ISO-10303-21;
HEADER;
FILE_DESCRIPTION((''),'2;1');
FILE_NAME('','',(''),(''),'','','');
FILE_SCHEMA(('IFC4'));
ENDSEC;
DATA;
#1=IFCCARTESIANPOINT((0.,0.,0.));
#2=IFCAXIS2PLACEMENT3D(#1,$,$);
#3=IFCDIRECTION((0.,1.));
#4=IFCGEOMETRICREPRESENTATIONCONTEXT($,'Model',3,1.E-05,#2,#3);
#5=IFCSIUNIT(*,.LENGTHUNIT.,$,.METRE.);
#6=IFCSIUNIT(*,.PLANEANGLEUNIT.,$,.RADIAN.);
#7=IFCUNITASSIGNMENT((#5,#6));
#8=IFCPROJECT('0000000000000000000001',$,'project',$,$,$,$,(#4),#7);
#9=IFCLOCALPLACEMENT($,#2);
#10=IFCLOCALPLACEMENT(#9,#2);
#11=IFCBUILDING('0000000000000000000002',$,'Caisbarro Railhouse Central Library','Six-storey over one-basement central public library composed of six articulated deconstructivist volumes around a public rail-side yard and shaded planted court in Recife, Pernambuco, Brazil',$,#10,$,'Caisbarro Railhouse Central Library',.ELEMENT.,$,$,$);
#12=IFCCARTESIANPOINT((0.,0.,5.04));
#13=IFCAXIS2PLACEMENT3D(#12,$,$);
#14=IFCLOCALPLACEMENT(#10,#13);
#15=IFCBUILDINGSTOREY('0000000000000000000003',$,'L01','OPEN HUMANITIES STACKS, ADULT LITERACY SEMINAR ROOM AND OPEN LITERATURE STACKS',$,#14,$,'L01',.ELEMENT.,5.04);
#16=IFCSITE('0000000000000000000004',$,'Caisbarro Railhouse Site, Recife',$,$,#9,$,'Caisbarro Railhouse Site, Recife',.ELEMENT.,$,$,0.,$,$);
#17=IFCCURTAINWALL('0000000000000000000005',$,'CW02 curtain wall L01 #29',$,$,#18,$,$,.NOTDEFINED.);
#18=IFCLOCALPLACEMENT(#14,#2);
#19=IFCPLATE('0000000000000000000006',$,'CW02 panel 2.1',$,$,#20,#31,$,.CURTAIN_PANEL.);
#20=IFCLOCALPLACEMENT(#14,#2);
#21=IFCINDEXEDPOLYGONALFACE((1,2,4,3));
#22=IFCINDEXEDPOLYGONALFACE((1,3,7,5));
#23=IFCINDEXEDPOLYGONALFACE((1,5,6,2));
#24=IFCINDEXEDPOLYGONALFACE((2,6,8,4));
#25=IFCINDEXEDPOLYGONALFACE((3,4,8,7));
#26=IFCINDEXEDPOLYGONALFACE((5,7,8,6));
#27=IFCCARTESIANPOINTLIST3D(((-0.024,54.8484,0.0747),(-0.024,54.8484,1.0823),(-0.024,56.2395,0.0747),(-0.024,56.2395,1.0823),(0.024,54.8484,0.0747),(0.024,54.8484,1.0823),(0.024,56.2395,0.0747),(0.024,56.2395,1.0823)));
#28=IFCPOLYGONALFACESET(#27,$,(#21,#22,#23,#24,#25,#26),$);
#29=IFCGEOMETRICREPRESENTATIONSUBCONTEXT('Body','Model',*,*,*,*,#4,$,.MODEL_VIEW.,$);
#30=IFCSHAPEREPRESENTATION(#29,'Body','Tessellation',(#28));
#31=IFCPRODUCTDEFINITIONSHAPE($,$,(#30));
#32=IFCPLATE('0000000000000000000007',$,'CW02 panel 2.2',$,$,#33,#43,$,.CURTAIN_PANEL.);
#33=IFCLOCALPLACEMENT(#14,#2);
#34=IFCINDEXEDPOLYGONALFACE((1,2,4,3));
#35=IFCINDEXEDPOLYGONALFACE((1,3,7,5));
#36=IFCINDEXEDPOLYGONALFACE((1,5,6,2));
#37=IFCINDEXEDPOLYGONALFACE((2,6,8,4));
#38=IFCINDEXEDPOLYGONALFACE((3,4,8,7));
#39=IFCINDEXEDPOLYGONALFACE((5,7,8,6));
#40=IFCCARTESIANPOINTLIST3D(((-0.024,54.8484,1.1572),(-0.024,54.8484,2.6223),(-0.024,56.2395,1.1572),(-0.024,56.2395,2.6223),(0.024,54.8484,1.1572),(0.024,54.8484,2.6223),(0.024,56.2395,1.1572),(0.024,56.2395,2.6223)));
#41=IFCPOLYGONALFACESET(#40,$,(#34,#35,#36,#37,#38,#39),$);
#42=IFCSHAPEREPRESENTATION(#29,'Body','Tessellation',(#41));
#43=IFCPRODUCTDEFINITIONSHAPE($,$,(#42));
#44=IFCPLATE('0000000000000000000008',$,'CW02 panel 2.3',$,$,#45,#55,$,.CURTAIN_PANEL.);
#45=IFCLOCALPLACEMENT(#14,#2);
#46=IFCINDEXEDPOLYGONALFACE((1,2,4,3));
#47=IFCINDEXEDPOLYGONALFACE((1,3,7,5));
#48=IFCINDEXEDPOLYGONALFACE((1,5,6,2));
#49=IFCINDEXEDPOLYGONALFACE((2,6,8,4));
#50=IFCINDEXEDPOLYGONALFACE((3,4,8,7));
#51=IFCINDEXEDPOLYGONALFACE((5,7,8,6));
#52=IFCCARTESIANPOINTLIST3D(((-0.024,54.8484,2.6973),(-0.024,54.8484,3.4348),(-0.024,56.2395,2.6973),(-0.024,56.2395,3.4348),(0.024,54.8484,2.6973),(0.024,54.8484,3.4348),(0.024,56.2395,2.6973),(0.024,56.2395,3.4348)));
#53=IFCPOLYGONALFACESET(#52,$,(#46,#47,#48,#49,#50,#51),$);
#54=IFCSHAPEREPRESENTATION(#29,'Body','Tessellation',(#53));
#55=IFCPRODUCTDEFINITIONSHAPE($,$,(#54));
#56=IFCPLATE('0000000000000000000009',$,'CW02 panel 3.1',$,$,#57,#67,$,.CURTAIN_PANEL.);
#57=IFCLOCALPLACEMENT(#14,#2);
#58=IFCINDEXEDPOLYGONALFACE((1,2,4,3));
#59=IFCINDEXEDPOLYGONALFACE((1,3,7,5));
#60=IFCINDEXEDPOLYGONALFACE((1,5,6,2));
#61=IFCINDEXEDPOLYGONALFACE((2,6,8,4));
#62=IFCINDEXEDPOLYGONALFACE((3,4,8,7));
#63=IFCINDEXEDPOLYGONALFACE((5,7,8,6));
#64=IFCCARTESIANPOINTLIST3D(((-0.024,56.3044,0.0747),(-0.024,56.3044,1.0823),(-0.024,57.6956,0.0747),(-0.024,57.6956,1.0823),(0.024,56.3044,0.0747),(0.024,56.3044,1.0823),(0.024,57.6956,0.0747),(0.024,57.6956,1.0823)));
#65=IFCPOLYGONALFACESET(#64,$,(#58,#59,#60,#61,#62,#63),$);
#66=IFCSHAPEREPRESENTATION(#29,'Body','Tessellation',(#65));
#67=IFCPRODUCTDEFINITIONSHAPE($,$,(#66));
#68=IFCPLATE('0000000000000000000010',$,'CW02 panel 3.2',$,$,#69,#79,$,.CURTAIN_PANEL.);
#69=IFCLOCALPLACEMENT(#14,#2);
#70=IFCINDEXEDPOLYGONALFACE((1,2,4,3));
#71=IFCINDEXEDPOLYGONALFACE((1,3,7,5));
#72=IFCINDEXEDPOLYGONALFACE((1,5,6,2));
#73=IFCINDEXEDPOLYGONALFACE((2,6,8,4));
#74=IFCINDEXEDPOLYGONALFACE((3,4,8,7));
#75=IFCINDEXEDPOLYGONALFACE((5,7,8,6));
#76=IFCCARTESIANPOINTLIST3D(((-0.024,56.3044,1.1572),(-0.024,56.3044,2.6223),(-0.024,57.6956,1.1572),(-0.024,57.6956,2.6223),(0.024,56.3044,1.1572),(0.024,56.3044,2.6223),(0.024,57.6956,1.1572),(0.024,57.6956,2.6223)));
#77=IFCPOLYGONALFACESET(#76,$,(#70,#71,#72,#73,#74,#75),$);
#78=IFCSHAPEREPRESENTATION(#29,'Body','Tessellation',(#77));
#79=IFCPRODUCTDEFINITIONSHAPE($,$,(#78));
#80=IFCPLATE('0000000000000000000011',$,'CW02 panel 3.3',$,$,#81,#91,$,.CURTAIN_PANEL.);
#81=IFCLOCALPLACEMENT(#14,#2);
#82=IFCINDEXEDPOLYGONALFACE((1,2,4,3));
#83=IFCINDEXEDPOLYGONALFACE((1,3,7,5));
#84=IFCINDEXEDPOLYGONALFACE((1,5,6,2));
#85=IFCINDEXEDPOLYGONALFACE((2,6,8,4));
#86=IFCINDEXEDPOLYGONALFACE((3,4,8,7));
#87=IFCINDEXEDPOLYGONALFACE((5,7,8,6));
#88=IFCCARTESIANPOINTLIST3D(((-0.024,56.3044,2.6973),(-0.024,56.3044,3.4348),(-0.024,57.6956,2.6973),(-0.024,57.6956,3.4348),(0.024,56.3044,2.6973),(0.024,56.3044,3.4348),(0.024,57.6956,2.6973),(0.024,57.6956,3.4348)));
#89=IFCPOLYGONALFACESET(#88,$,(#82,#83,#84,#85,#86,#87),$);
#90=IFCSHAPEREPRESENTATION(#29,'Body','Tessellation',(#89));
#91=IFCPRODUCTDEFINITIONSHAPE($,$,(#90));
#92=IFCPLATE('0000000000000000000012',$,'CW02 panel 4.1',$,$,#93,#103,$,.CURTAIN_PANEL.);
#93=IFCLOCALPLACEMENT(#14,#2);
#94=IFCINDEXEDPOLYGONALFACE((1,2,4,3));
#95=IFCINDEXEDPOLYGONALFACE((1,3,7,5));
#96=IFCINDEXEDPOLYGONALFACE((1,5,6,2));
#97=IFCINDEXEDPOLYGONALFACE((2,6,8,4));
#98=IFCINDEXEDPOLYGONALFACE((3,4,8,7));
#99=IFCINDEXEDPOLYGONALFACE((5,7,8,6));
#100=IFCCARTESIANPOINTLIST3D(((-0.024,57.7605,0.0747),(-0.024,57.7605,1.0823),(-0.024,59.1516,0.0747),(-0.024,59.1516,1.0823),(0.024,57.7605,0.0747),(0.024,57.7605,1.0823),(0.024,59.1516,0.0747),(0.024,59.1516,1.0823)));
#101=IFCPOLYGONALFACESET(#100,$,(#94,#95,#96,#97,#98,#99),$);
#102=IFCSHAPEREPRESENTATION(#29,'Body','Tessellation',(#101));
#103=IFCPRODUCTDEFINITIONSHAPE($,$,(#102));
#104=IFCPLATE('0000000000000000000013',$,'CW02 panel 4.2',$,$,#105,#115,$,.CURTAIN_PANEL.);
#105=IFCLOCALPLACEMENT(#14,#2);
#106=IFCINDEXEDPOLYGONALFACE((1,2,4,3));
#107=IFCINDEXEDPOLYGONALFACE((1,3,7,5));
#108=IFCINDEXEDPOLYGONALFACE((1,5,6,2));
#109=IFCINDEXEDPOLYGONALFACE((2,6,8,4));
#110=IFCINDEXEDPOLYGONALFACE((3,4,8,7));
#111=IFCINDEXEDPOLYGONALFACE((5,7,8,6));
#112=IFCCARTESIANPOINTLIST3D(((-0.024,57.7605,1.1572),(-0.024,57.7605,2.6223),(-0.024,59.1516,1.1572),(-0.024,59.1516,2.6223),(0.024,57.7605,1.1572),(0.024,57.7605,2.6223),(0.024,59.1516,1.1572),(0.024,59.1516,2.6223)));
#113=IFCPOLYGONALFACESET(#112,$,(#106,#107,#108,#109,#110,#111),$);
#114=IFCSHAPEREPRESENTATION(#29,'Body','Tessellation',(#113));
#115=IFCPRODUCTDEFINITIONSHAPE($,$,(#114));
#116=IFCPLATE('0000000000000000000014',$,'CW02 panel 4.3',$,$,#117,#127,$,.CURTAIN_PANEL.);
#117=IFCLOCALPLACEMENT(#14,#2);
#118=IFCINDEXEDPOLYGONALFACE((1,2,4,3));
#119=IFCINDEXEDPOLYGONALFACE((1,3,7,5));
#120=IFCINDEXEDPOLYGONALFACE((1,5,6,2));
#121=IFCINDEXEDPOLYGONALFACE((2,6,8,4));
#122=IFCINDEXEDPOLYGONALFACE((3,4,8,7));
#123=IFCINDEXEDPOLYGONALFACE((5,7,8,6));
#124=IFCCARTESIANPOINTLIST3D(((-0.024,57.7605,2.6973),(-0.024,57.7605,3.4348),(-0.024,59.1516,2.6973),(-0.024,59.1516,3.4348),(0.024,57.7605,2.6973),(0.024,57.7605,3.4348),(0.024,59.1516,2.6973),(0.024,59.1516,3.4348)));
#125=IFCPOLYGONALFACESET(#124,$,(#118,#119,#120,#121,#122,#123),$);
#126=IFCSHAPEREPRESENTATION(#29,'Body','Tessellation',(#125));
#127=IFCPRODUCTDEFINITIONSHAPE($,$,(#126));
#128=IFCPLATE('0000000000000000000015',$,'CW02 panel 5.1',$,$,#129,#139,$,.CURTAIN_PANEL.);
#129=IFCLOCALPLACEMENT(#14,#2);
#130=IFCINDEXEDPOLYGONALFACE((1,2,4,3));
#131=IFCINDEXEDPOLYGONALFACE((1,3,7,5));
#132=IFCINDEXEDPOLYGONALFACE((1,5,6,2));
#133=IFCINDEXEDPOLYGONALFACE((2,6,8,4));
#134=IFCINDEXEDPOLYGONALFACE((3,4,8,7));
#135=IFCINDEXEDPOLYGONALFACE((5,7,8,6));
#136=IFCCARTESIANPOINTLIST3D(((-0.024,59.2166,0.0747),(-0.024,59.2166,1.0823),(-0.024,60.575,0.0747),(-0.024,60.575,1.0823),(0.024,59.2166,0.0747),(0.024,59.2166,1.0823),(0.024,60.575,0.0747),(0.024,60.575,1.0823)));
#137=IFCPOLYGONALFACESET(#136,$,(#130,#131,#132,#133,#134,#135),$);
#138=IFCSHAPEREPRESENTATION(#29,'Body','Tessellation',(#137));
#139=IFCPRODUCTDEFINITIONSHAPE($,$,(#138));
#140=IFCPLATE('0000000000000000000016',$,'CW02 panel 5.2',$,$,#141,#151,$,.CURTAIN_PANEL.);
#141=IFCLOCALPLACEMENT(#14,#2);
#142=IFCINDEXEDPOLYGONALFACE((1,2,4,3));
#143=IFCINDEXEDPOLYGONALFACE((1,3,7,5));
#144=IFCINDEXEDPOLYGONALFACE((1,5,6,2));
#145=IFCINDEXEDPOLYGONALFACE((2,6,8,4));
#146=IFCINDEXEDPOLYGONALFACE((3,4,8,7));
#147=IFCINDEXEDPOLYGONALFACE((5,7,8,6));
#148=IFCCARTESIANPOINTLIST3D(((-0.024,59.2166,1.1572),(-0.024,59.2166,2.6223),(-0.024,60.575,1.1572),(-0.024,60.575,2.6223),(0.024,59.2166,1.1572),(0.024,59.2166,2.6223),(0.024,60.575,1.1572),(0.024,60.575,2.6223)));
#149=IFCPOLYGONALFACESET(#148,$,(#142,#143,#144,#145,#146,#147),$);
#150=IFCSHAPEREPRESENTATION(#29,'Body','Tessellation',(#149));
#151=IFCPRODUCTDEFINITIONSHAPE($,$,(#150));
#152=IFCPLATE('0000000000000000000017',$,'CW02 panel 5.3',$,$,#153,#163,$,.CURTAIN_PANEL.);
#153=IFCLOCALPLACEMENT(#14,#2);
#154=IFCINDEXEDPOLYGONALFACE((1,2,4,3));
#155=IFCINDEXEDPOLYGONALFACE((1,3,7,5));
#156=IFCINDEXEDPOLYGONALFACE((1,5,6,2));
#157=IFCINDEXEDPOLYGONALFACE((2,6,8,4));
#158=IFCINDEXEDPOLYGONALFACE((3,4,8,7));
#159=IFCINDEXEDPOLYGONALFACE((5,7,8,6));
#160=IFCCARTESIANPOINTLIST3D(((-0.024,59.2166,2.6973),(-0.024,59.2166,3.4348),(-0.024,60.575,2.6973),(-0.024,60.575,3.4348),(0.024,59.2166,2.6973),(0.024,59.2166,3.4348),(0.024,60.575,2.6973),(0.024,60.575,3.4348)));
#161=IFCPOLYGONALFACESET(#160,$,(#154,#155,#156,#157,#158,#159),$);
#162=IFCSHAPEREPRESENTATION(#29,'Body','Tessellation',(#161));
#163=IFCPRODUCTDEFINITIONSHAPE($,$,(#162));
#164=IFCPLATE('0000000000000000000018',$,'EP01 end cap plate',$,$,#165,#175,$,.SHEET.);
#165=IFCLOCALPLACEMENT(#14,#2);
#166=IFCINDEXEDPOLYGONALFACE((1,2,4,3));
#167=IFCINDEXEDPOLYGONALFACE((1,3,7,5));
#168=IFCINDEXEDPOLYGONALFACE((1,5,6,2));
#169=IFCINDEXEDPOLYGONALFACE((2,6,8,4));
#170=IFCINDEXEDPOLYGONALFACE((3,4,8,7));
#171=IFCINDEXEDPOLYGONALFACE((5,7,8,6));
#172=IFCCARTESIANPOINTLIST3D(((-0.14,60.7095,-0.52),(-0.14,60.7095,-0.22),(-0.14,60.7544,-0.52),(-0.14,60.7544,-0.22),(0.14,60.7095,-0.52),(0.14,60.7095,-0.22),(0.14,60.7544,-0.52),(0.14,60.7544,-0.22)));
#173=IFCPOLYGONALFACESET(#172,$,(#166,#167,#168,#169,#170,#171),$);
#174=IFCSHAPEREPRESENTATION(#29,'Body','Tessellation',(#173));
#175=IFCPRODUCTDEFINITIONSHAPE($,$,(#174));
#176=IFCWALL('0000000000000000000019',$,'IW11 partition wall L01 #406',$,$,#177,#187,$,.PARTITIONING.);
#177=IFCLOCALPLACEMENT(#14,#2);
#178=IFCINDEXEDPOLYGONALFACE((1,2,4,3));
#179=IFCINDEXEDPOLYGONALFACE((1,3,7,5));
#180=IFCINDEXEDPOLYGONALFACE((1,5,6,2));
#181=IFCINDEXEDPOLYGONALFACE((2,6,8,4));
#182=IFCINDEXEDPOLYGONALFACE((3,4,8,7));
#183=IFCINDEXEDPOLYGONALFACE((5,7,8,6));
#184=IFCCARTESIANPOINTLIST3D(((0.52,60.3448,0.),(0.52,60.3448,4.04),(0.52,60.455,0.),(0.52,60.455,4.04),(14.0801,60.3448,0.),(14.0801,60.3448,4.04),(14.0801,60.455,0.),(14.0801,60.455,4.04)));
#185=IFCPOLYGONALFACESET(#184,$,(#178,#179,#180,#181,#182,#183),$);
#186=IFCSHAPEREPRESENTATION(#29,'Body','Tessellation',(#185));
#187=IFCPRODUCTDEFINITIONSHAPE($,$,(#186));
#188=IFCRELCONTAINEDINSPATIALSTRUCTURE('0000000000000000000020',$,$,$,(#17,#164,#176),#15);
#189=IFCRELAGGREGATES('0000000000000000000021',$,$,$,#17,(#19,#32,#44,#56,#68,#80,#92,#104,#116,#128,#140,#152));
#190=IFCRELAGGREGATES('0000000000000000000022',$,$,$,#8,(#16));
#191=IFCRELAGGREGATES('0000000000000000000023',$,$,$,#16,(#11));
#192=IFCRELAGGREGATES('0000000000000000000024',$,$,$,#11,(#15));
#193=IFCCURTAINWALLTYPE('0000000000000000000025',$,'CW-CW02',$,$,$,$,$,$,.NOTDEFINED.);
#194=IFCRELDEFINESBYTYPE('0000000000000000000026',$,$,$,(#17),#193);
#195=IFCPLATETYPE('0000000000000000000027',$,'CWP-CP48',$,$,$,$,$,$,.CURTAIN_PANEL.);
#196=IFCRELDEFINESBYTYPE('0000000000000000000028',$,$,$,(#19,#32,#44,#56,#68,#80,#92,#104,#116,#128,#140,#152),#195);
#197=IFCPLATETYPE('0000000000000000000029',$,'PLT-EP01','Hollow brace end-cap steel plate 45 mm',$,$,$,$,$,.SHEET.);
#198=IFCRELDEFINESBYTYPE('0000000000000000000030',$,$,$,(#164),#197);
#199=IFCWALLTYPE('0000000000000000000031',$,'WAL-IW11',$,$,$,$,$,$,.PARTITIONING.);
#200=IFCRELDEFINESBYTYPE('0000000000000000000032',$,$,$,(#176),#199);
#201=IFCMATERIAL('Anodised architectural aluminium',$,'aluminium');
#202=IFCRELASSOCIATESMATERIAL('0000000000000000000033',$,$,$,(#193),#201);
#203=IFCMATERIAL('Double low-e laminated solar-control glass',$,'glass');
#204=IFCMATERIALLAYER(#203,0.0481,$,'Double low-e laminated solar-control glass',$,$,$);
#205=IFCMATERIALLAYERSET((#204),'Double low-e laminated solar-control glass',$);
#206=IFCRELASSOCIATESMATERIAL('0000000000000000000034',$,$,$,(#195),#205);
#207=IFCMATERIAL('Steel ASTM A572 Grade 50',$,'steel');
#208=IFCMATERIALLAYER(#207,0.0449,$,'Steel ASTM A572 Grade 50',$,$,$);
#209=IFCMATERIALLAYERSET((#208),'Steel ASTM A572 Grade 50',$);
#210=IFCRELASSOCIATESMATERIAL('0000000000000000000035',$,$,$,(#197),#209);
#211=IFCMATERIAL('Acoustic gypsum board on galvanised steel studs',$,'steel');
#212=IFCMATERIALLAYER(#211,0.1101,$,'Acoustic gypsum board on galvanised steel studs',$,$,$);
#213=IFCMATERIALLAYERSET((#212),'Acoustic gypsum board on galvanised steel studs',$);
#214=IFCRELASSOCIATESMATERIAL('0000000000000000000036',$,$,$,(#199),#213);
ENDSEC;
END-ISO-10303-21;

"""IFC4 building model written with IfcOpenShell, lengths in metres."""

from ifc_helpers import new_model, si_unit, direction, frame, frame_2d, origin, origin_2d, place, context, subcontext, project, spatial, rectangle, extrude, material, layer, layer_set, type_object, element, aggregate, save


model = new_model("IFC4")

# Units and contexts
model_context = context("Model", 3, precision=1e-05, world=origin(), true_north=direction((0.0, 1.0)))
body_context = subcontext(model_context, "Body", "Model", "MODEL_VIEW")
ifc_project = project(units=[si_unit("LENGTHUNIT", "METRE"), si_unit("PLANEANGLEUNIT", "RADIAN")], contexts=[model_context])

# Site, building, storey
site_placement = place(None, origin())
site = spatial("IfcSite", under=ifc_project, at=site_placement, Name="Caisbarro Railhouse Site, Recife", LongName="Caisbarro Railhouse Site, Recife", CompositionType="ELEMENT", RefElevation=0.0)
building_placement = place(site_placement, origin())
building = spatial("IfcBuilding", under=site, at=building_placement, Name="Caisbarro Railhouse Central Library", Description="Six-storey over one-basement central public library composed of six articulated deconstructivist volumes around a public rail-side yard and shaded planted court in Recife, Pernambuco, Brazil", LongName="Caisbarro Railhouse Central Library", CompositionType="ELEMENT")
storey_placement = place(building_placement, frame((0.0, 0.0, 5.04)))
storey = spatial("IfcBuildingStorey", under=building, at=storey_placement, Name="L01", Description="OPEN HUMANITIES STACKS, ADULT LITERACY SEMINAR ROOM AND OPEN LITERATURE STACKS", LongName="L01", CompositionType="ELEMENT", Elevation=5.04)

# Shared definitions
ifc_material_1 = material(Name="Steel ASTM A572 Grade 50", Category="steel")

# Curtain wall, plates
ifc_material_2 = material(Name="Anodised architectural aluminium", Category="aluminium")
curtain_wall_type = type_object("IfcCurtainWallType", Name="CW-CW02", PredefinedType="NOTDEFINED", material=ifc_material_2)
curtain_wall_placement = place(storey_placement, origin())
curtain_wall = element("IfcCurtainWall", 1, at=curtain_wall_placement, inside=storey, type_object=curtain_wall_type, Name="CW02 curtain wall L01 #29", PredefinedType="NOTDEFINED")
ifc_material_3 = material(Name="Double low-e laminated solar-control glass", Category="glass")
ifc_layer_1 = layer(ifc_material_3, 0.0481, Name="Double low-e laminated solar-control glass")
ifc_layer_set_1 = layer_set([ifc_layer_1], Name="Double low-e laminated solar-control glass")
plate_type_1 = type_object("IfcPlateType", Name="CWP-CP48", PredefinedType="CURTAIN_PANEL", material=ifc_layer_set_1)
plate_1_placement = place(storey_placement, frame((0.0, 55.5439, 0.0747), z_axis=(0.0, 0.0, 1.0), x_axis=(0.0, 1.0, 0.0)))
plate_1 = element("IfcPlate", 2, at=plate_1_placement, type_object=plate_type_1, Name="CW02 panel 2.1", PredefinedType="CURTAIN_PANEL", context=body_context, shape_type="SweptSolid", body=[
    extrude(rectangle(XDim=1.3911, YDim=0.0481, at=origin_2d()), origin(), (0.0, 0.0, 1.0), 1.0076),
])
plate_2_placement = place(storey_placement, frame((0.0, 55.5439, 1.1572), z_axis=(0.0, 0.0, 1.0), x_axis=(0.0, 1.0, 0.0)))
plate_2 = element("IfcPlate", 3, at=plate_2_placement, type_object=plate_type_1, Name="CW02 panel 2.2", PredefinedType="CURTAIN_PANEL", context=body_context, shape_type="SweptSolid", body=[
    extrude(rectangle(XDim=1.3911, YDim=0.0481, at=origin_2d()), origin(), (0.0, 0.0, 1.0), 1.4651),
])
plate_3_placement = place(storey_placement, frame((0.0, 55.5439, 2.6973), z_axis=(0.0, 0.0, 1.0), x_axis=(0.0, 1.0, 0.0)))
plate_3 = element("IfcPlate", 4, at=plate_3_placement, type_object=plate_type_1, Name="CW02 panel 2.3", PredefinedType="CURTAIN_PANEL", context=body_context, shape_type="SweptSolid", body=[
    extrude(rectangle(XDim=1.3911, YDim=0.0481, at=origin_2d()), origin(), (0.0, 0.0, 1.0), 0.7375),
])
plate_4_placement = place(storey_placement, frame((0.0, 57.0, 0.0747), z_axis=(0.0, 0.0, 1.0), x_axis=(0.0, 1.0, 0.0)))
plate_4 = element("IfcPlate", 5, at=plate_4_placement, type_object=plate_type_1, Name="CW02 panel 3.1", PredefinedType="CURTAIN_PANEL", context=body_context, shape_type="SweptSolid", body=[
    extrude(rectangle(XDim=1.3911, YDim=0.0481, at=origin_2d()), origin(), (0.0, 0.0, 1.0), 1.0076),
])
plate_5_placement = place(storey_placement, frame((0.0, 57.0, 1.1572), z_axis=(0.0, 0.0, 1.0), x_axis=(0.0, 1.0, 0.0)))
plate_5 = element("IfcPlate", 6, at=plate_5_placement, type_object=plate_type_1, Name="CW02 panel 3.2", PredefinedType="CURTAIN_PANEL", context=body_context, shape_type="SweptSolid", body=[
    extrude(rectangle(XDim=1.3911, YDim=0.0481, at=origin_2d()), origin(), (0.0, 0.0, 1.0), 1.4651),
])
plate_6_placement = place(storey_placement, frame((0.0, 57.0, 2.6973), z_axis=(0.0, 0.0, 1.0), x_axis=(0.0, 1.0, 0.0)))
plate_6 = element("IfcPlate", 7, at=plate_6_placement, type_object=plate_type_1, Name="CW02 panel 3.3", PredefinedType="CURTAIN_PANEL", context=body_context, shape_type="SweptSolid", body=[
    extrude(rectangle(XDim=1.3911, YDim=0.0481, at=origin_2d()), origin(), (0.0, 0.0, 1.0), 0.7375),
])
plate_7_placement = place(storey_placement, frame((0.0, 58.4561, 0.0747), z_axis=(0.0, 0.0, 1.0), x_axis=(0.0, 1.0, 0.0)))
plate_7 = element("IfcPlate", 8, at=plate_7_placement, type_object=plate_type_1, Name="CW02 panel 4.1", PredefinedType="CURTAIN_PANEL", context=body_context, shape_type="SweptSolid", body=[
    extrude(rectangle(XDim=1.3911, YDim=0.0481, at=origin_2d()), origin(), (0.0, 0.0, 1.0), 1.0076),
])
plate_8_placement = place(storey_placement, frame((0.0, 58.4561, 1.1572), z_axis=(0.0, 0.0, 1.0), x_axis=(0.0, 1.0, 0.0)))
plate_8 = element("IfcPlate", 9, at=plate_8_placement, type_object=plate_type_1, Name="CW02 panel 4.2", PredefinedType="CURTAIN_PANEL", context=body_context, shape_type="SweptSolid", body=[
    extrude(rectangle(XDim=1.3911, YDim=0.0481, at=origin_2d()), origin(), (0.0, 0.0, 1.0), 1.4651),
])
plate_9_placement = place(storey_placement, frame((0.0, 58.4561, 2.6973), z_axis=(0.0, 0.0, 1.0), x_axis=(0.0, 1.0, 0.0)))
plate_9 = element("IfcPlate", 10, at=plate_9_placement, type_object=plate_type_1, Name="CW02 panel 4.3", PredefinedType="CURTAIN_PANEL", context=body_context, shape_type="SweptSolid", body=[
    extrude(rectangle(XDim=1.3911, YDim=0.0481, at=origin_2d()), origin(), (0.0, 0.0, 1.0), 0.7375),
])
plate_10_placement = place(storey_placement, frame((0.0, 59.8958, 0.0747), z_axis=(0.0, 0.0, 1.0), x_axis=(0.0, 1.0, 0.0)))
plate_10 = element("IfcPlate", 11, at=plate_10_placement, type_object=plate_type_1, Name="CW02 panel 5.1", PredefinedType="CURTAIN_PANEL", context=body_context, shape_type="SweptSolid", body=[
    extrude(rectangle(XDim=1.3584, YDim=0.0481, at=origin_2d()), origin(), (0.0, 0.0, 1.0), 1.0076),
])
plate_11_placement = place(storey_placement, frame((0.0, 59.8958, 1.1572), z_axis=(0.0, 0.0, 1.0), x_axis=(0.0, 1.0, 0.0)))
plate_11 = element("IfcPlate", 12, at=plate_11_placement, type_object=plate_type_1, Name="CW02 panel 5.2", PredefinedType="CURTAIN_PANEL", context=body_context, shape_type="SweptSolid", body=[
    extrude(rectangle(XDim=1.3584, YDim=0.0481, at=origin_2d()), origin(), (0.0, 0.0, 1.0), 1.4651),
])
plate_12_placement = place(storey_placement, frame((0.0, 59.8958, 2.6973), z_axis=(0.0, 0.0, 1.0), x_axis=(0.0, 1.0, 0.0)))
plate_12 = element("IfcPlate", 13, at=plate_12_placement, type_object=plate_type_1, Name="CW02 panel 5.3", PredefinedType="CURTAIN_PANEL", context=body_context, shape_type="SweptSolid", body=[
    extrude(rectangle(XDim=1.3584, YDim=0.0481, at=origin_2d()), origin(), (0.0, 0.0, 1.0), 0.7375),
])
aggregate(curtain_wall, [plate_1, plate_2, plate_3, plate_4, plate_5, plate_6, plate_7, plate_8, plate_9, plate_10, plate_11, plate_12])

# Plate
ifc_layer_2 = layer(ifc_material_1, 0.0449, Name="Steel ASTM A572 Grade 50")
ifc_layer_set_2 = layer_set([ifc_layer_2], Name="Steel ASTM A572 Grade 50")
plate_type_2 = type_object("IfcPlateType", Name="PLT-EP01", Description="Hollow brace end-cap steel plate 45 mm", PredefinedType="SHEET", material=ifc_layer_set_2)
plate_13_placement = place(storey_placement, frame((0.0, 60.7319, -0.52), z_axis=(0.0, 0.0, 1.0), x_axis=(0.0, 1.0, 0.0)))
element("IfcPlate", 14, at=plate_13_placement, inside=storey, type_object=plate_type_2, Name="EP01 end cap plate", PredefinedType="SHEET", context=body_context, shape_type="SweptSolid", body=[
    extrude(rectangle(XDim=0.0449, YDim=0.28, at=origin_2d()), origin(), (0.0, 0.0, 1.0), 0.3),
])

# Wall
ifc_material_4 = material(Name="Acoustic gypsum board on galvanised steel studs", Category="steel")
ifc_layer_3 = layer(ifc_material_4, 0.1101, Name="Acoustic gypsum board on galvanised steel studs")
ifc_layer_set_3 = layer_set([ifc_layer_3], Name="Acoustic gypsum board on galvanised steel studs")
wall_type = type_object("IfcWallType", Name="WAL-IW11", PredefinedType="PARTITIONING", material=ifc_layer_set_3)
wall_placement = place(storey_placement, frame((0.52, 60.3999, 0.0), z_axis=(0.0, 0.0, 1.0), x_axis=(1.0, 0.0, 0.0)))
element("IfcWall", 15, at=wall_placement, inside=storey, type_object=wall_type, Name="IW11 partition wall L01 #406", PredefinedType="PARTITIONING", context=body_context, shape_type="SweptSolid", body=[
    extrude(rectangle(XDim=13.5601, YDim=0.1101, at=frame_2d((6.78, 0.0))), origin(), (0.0, 0.0, 1.0), 4.04),
])

save(model, "model.ifc")
